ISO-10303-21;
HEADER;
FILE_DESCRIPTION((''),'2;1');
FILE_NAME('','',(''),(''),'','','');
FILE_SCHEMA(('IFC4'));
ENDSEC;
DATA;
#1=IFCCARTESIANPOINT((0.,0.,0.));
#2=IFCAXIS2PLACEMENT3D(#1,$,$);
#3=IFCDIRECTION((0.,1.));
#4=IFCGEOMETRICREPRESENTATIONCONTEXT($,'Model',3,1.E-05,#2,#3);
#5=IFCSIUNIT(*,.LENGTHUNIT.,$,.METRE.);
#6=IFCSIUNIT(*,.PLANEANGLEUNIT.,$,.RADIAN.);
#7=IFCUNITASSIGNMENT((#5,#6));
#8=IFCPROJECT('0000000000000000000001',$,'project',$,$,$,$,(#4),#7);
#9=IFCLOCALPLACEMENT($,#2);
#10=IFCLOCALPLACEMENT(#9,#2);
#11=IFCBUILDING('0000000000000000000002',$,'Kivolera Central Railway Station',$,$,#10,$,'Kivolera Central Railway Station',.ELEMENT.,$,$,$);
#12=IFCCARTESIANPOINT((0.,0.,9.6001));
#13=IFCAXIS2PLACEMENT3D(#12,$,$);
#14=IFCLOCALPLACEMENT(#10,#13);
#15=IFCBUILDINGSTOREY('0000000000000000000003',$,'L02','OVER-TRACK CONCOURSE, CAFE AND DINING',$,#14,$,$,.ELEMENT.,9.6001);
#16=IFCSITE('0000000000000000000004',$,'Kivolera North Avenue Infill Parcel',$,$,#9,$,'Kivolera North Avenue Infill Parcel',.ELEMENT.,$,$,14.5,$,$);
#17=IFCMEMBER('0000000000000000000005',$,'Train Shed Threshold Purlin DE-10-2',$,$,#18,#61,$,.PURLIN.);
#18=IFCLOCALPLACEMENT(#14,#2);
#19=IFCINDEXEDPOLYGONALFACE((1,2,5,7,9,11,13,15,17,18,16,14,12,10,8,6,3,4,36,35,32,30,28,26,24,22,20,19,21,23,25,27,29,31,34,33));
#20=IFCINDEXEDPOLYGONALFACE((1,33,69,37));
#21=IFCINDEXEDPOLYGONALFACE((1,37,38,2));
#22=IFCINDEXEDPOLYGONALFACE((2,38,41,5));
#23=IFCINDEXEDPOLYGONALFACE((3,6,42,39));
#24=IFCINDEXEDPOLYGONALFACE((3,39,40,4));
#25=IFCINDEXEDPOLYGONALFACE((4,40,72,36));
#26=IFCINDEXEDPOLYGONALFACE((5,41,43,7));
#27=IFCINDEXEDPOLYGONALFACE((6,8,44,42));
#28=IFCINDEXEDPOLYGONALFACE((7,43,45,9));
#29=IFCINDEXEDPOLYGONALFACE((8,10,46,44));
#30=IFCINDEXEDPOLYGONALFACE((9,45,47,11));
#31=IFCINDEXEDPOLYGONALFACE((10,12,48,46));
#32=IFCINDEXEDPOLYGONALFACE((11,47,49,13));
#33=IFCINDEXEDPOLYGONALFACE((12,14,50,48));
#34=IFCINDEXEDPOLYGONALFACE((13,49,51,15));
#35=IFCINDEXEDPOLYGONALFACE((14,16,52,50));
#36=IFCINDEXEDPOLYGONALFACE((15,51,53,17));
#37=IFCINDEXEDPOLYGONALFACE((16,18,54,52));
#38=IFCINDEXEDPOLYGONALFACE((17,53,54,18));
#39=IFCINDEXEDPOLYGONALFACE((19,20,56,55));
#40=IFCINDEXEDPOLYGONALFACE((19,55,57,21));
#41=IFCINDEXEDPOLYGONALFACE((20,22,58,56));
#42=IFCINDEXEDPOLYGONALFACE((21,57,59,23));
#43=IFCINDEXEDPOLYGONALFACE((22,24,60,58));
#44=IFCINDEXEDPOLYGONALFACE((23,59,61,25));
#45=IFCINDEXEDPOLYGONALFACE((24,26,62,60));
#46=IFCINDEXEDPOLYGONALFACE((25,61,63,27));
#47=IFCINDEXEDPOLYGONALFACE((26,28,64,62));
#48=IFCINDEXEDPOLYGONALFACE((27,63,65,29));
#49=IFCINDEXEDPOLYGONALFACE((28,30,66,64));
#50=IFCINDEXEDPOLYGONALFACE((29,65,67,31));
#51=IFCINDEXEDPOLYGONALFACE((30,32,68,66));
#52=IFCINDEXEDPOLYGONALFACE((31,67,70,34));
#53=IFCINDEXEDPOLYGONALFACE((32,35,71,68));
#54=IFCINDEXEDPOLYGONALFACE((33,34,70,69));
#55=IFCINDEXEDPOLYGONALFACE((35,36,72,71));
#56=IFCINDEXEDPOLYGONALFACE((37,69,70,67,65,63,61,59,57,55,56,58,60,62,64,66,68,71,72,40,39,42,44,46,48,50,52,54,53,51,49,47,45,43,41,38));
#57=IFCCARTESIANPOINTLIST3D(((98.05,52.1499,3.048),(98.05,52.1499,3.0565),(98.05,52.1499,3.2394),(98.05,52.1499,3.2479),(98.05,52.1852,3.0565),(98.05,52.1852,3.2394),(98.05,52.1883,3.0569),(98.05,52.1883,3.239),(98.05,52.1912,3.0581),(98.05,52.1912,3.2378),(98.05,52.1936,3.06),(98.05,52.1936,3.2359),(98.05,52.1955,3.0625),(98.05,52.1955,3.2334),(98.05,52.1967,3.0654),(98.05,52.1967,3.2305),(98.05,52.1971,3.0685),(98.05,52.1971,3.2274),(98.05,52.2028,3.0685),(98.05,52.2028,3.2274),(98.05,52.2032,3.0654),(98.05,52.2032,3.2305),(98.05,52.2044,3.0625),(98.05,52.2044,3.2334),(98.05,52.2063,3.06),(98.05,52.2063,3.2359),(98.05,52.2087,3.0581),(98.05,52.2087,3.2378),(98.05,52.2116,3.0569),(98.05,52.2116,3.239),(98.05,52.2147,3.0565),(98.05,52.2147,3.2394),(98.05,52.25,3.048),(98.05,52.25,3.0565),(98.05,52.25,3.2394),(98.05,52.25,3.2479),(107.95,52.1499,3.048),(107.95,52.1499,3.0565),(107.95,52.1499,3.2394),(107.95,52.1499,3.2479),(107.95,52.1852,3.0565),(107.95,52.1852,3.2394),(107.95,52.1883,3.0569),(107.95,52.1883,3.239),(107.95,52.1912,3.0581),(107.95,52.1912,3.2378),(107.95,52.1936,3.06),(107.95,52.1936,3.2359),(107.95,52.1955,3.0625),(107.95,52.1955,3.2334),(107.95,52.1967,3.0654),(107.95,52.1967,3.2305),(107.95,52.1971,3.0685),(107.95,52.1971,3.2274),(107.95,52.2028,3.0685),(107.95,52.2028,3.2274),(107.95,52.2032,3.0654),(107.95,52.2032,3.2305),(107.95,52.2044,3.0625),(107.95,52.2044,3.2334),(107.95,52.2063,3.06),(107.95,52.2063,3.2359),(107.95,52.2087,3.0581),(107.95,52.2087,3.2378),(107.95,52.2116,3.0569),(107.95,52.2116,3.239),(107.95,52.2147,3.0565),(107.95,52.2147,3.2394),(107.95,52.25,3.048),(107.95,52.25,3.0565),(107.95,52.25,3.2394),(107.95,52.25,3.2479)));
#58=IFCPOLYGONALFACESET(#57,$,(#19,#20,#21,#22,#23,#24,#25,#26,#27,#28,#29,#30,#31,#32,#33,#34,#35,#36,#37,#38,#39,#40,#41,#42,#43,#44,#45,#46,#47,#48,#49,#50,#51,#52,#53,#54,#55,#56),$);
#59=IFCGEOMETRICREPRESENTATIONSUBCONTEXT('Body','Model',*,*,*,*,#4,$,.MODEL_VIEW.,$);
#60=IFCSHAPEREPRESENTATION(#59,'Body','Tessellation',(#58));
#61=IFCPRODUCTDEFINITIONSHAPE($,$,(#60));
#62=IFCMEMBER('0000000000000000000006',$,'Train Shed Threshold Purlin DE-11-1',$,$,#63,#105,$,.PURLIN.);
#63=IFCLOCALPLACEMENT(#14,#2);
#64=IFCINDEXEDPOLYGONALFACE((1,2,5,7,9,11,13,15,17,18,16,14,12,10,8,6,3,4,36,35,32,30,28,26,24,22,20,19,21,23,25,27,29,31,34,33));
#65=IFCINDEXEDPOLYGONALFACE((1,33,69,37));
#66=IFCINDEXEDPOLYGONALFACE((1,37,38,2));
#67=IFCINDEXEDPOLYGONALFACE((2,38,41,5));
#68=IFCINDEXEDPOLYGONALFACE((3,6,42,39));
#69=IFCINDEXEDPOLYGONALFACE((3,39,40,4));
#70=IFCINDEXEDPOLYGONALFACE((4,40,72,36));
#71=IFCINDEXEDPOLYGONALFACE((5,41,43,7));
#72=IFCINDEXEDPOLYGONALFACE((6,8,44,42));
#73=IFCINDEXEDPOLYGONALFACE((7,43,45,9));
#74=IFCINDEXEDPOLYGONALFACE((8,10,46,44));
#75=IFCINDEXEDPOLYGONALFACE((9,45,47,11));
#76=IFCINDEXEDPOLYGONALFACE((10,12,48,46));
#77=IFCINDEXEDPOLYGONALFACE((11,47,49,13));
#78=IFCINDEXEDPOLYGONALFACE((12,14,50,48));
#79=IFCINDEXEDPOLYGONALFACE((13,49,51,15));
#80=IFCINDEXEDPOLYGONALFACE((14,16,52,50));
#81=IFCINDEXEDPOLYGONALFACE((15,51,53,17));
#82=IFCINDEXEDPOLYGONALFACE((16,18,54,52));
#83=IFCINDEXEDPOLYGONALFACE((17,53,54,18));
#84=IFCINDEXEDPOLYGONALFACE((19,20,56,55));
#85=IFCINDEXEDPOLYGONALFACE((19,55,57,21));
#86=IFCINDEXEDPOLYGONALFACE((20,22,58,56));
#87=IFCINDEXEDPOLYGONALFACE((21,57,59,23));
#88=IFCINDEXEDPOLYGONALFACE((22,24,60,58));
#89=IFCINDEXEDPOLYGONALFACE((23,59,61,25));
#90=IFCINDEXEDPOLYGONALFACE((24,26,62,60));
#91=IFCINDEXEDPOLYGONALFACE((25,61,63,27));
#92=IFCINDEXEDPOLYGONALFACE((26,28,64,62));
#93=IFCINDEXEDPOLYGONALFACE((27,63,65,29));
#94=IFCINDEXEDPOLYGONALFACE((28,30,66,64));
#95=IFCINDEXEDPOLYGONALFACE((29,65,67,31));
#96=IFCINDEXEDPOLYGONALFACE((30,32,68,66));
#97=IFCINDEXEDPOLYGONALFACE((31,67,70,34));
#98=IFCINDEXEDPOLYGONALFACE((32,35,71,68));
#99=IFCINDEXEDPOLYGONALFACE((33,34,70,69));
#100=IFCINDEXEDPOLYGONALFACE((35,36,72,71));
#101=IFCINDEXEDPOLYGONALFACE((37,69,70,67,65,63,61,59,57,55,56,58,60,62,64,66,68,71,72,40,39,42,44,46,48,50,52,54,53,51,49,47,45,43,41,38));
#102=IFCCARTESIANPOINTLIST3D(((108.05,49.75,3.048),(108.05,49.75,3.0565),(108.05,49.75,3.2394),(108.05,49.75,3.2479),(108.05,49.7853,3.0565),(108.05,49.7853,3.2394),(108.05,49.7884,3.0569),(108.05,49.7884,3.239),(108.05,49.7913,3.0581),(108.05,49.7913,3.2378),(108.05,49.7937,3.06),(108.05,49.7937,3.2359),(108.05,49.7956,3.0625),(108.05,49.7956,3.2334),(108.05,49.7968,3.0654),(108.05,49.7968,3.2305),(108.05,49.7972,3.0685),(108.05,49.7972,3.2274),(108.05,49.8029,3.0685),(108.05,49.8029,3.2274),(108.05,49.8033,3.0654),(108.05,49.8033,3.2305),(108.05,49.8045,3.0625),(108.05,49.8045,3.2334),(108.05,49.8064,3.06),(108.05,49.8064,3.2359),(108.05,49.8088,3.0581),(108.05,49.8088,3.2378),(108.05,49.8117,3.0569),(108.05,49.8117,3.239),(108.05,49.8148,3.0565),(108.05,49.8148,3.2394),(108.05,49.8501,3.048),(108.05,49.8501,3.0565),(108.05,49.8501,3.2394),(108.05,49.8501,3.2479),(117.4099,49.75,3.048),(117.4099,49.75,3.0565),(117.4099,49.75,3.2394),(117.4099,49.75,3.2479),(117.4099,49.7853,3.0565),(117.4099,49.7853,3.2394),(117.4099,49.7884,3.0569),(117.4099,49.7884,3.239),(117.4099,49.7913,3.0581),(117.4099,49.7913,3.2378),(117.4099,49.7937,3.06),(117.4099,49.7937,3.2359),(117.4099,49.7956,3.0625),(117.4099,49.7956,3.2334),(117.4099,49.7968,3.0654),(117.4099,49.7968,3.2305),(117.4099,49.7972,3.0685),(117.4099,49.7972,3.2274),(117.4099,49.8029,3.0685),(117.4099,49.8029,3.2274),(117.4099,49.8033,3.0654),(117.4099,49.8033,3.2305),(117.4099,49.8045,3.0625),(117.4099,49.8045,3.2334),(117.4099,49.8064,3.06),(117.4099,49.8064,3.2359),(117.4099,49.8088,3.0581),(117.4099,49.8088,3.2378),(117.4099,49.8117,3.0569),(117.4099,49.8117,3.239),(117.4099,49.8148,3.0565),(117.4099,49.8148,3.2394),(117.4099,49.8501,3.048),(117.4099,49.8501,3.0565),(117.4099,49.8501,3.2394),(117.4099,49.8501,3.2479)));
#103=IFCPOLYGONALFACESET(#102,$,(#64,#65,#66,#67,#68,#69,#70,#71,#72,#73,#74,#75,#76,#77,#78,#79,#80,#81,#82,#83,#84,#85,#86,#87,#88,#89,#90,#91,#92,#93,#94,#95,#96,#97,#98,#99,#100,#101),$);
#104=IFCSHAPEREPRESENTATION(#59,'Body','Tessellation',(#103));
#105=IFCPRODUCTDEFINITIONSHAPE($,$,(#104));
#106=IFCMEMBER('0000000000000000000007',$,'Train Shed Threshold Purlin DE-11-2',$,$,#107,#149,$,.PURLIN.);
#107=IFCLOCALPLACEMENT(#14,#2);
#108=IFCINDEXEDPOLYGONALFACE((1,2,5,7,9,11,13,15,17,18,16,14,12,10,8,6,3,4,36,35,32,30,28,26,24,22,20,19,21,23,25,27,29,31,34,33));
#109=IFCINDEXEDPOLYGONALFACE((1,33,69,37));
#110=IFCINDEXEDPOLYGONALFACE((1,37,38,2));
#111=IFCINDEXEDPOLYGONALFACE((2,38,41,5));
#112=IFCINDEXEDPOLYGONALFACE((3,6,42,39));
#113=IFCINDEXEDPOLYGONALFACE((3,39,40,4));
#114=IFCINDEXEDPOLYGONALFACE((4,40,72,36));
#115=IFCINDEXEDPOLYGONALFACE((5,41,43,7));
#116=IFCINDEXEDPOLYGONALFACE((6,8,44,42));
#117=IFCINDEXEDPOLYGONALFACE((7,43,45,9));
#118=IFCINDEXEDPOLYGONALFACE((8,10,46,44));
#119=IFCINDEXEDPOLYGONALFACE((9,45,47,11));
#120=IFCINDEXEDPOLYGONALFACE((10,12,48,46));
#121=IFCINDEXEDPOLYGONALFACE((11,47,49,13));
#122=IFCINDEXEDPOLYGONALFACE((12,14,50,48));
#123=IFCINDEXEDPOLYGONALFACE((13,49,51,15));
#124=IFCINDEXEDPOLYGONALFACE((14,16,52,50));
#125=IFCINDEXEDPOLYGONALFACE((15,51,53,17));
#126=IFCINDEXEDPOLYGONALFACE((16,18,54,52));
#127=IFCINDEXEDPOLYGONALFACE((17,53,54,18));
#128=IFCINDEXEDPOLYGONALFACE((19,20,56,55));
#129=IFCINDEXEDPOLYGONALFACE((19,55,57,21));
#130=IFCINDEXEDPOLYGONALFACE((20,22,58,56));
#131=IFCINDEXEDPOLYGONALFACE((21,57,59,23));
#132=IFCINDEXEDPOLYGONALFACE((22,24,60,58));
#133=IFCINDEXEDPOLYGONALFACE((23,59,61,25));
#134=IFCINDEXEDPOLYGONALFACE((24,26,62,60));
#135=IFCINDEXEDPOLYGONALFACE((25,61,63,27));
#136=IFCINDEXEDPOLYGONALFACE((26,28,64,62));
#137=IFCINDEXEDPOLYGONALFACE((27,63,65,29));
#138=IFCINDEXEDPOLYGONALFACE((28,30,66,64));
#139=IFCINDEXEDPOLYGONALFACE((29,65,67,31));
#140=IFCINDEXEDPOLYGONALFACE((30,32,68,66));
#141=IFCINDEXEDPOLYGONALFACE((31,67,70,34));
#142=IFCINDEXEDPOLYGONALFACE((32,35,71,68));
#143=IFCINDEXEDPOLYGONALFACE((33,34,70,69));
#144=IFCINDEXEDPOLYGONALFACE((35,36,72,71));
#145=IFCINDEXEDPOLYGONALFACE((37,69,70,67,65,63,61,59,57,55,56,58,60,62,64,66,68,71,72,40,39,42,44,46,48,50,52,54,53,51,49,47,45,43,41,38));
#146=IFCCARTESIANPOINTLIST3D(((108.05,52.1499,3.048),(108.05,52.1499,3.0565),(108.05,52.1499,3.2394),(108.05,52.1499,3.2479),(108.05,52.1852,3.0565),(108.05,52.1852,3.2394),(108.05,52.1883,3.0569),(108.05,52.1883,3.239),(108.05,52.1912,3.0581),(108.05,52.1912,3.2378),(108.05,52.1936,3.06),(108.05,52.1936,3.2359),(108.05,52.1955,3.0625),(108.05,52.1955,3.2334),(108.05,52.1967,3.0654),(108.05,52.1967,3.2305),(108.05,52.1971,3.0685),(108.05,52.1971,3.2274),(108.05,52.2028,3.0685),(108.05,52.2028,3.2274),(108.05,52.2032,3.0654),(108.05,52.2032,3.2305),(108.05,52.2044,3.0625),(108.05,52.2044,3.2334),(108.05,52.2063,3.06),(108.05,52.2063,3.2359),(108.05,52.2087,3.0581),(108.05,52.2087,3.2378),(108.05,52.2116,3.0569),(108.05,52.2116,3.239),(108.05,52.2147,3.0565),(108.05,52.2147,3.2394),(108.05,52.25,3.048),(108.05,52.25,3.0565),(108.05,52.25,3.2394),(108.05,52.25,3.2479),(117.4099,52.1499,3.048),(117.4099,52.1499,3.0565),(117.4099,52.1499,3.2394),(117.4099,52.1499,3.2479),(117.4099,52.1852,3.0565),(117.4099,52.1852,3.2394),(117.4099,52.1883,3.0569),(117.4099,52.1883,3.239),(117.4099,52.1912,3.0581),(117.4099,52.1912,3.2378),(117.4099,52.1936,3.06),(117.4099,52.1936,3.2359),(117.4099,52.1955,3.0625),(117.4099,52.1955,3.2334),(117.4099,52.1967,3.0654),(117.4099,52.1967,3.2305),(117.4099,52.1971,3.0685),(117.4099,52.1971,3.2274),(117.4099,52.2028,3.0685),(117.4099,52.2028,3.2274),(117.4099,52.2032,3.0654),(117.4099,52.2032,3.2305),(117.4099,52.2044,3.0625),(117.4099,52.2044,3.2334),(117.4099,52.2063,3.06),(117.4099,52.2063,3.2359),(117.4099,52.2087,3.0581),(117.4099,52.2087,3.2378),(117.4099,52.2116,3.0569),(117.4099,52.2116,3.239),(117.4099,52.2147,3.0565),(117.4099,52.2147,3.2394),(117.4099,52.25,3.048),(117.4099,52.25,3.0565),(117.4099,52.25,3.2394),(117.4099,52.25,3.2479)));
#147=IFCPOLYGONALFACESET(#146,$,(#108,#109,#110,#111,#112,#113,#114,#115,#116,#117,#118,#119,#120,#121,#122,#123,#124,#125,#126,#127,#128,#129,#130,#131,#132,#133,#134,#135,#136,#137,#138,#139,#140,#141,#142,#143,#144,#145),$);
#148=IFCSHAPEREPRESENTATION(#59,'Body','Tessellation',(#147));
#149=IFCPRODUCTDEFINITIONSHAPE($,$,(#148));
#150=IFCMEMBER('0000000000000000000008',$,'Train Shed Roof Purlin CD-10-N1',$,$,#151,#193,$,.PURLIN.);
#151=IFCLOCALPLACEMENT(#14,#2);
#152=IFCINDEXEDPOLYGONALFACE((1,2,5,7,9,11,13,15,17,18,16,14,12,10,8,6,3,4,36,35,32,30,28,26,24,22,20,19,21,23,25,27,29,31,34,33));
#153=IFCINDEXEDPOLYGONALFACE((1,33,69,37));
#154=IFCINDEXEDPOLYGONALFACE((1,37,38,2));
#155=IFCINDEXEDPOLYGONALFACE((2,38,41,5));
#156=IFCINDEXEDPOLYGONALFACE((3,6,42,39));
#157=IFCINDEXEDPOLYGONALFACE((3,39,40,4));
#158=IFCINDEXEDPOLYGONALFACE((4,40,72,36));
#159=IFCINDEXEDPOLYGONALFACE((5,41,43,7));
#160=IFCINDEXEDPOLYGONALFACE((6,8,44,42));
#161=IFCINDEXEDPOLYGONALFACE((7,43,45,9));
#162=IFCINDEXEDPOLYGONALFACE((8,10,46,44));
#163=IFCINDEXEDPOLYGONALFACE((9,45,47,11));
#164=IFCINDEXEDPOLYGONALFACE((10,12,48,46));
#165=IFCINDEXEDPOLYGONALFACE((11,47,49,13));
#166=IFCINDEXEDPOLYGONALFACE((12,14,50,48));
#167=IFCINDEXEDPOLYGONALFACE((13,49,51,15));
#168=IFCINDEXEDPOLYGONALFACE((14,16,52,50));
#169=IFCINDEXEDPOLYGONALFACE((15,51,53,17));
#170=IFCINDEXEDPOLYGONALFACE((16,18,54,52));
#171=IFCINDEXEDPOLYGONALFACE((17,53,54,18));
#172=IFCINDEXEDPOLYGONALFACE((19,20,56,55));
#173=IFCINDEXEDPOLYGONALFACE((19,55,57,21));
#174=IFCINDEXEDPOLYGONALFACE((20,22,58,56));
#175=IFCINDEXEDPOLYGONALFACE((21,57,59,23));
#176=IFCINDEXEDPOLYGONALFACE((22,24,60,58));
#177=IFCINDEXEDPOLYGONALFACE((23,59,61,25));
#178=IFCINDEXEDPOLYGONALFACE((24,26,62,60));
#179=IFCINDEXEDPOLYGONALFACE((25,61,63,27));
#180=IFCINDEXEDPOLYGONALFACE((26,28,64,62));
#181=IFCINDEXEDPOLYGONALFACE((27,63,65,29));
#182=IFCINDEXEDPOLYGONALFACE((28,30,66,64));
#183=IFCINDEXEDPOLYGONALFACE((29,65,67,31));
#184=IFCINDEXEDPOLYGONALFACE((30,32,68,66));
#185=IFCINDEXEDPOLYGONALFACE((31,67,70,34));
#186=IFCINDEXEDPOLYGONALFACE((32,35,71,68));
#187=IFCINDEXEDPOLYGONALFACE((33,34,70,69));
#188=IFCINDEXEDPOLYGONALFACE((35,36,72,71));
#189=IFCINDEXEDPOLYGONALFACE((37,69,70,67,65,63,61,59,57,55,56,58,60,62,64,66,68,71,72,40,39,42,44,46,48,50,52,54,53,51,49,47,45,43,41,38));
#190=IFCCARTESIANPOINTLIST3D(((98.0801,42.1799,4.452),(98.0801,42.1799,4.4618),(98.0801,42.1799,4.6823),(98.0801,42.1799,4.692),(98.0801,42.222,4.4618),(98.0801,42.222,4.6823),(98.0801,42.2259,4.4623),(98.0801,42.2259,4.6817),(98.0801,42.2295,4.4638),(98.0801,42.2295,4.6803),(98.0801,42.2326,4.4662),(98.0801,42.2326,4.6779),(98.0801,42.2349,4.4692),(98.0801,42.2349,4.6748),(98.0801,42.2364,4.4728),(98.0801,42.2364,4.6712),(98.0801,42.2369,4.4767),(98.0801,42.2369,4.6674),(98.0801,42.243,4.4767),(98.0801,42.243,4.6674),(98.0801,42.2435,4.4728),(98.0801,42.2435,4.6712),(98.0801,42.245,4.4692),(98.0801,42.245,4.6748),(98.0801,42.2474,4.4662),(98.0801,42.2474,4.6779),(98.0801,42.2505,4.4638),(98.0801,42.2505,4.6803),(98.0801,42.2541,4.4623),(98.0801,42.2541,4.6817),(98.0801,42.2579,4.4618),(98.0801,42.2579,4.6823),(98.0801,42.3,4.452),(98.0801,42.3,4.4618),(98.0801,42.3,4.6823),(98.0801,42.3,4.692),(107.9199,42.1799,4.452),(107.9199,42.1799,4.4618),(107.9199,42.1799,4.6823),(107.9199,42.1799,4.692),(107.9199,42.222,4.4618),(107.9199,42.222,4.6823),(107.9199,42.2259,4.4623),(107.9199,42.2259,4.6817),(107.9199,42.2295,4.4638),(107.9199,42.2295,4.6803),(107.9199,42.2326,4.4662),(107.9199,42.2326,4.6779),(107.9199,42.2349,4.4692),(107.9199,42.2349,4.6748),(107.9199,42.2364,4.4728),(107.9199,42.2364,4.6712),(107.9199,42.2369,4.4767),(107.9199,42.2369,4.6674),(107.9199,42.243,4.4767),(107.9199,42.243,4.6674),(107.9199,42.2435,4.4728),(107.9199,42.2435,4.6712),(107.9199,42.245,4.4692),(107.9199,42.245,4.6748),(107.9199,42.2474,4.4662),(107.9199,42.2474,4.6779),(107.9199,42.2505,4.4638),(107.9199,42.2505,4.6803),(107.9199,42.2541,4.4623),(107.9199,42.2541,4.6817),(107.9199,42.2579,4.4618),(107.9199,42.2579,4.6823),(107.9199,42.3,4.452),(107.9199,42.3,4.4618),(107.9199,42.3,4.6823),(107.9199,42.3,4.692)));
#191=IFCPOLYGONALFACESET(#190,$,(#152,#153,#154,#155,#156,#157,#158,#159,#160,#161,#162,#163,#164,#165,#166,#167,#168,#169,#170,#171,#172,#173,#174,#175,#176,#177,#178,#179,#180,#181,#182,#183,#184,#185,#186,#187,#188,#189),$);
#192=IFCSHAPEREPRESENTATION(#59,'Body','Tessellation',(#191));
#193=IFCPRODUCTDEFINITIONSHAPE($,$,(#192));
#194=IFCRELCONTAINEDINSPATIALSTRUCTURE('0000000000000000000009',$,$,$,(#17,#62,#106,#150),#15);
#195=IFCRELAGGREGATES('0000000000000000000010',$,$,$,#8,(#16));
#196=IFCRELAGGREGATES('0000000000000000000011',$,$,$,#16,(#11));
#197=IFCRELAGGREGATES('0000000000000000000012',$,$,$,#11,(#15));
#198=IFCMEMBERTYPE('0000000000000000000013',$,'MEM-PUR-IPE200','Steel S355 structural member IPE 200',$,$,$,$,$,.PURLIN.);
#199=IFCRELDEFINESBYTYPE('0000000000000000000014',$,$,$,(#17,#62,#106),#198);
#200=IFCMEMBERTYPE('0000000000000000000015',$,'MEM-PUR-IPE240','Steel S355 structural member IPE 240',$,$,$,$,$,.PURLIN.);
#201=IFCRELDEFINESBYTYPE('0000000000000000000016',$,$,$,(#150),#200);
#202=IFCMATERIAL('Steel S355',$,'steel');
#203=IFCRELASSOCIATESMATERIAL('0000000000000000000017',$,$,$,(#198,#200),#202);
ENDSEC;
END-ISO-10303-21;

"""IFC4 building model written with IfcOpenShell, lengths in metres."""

from ifc_helpers import new_model, si_unit, direction, frame, origin, origin_2d, place, context, subcontext, project, spatial, i_section, extrude, material, material_profile, profile_set, type_object, element, save


model = new_model("IFC4")

# Units and contexts
model_context = context("Model", 3, precision=1e-05, world=origin(), true_north=direction((0.0, 1.0)))
body_context = subcontext(model_context, "Body", "Model", "MODEL_VIEW")
ifc_project = project(units=[si_unit("LENGTHUNIT", "METRE"), si_unit("PLANEANGLEUNIT", "RADIAN")], contexts=[model_context])

# Site, building, storey
site_placement = place(None, origin())
site = spatial("IfcSite", under=ifc_project, at=site_placement, Name="Kivolera North Avenue Infill Parcel", LongName="Kivolera North Avenue Infill Parcel", CompositionType="ELEMENT", RefElevation=14.5)
building_placement = place(site_placement, origin())
building = spatial("IfcBuilding", under=site, at=building_placement, Name="Kivolera Central Railway Station", LongName="Kivolera Central Railway Station", CompositionType="ELEMENT")
storey_placement = place(building_placement, frame((0.0, 0.0, 9.6001)))
storey = spatial("IfcBuildingStorey", under=building, at=storey_placement, Name="L02", Description="OVER-TRACK CONCOURSE, CAFE AND DINING", CompositionType="ELEMENT", Elevation=9.6001)

# Shared definitions
ifc_material_1 = material(Name="Steel S355", Category="steel")

# Members
ifc_material_profile_1 = material_profile(ifc_material_1, i_section(OverallWidth=0.1001, OverallDepth=0.2, WebThickness=0.0056, FlangeThickness=0.0085, FilletRadius=0.012, at=origin_2d()), Name="IPE 200")
ifc_profile_set_1 = profile_set([ifc_material_profile_1], Name="Steel S355")
member_type_1 = type_object("IfcMemberType", Name="MEM-PUR-IPE200", Description="Steel S355 structural member IPE 200", PredefinedType="PURLIN", material=ifc_profile_set_1)
for number, where, z_axis, x_axis, name in (
    (1, (98.05, 52.2, 3.1479), (1.0, 0.0, 0.0), (0.0, 1.0, 0.0), "Train Shed Threshold Purlin DE-10-2"),
):
    element("IfcMember", number, at=place(storey_placement, frame(where, z_axis=z_axis, x_axis=x_axis)), inside=storey, type_object=member_type_1, Name=name, PredefinedType="PURLIN", context=body_context, shape_type="SweptSolid", body=[
        extrude(i_section(OverallWidth=0.1001, OverallDepth=0.2, WebThickness=0.0056, FlangeThickness=0.0085, FilletRadius=0.012, at=origin_2d()), origin(), (0.0, 0.0, 1.0), 9.8999),
    ])
for number, where, z_axis, x_axis, name in (
    (2, (108.05, 49.8, 3.1479), (1.0, 0.0, 0.0), (0.0, 1.0, 0.0), "Train Shed Threshold Purlin DE-11-1"),
    (3, (108.05, 52.2, 3.1479), (1.0, 0.0, 0.0), (0.0, 1.0, 0.0), "Train Shed Threshold Purlin DE-11-2"),
):
    element("IfcMember", number, at=place(storey_placement, frame(where, z_axis=z_axis, x_axis=x_axis)), inside=storey, type_object=member_type_1, Name=name, PredefinedType="PURLIN", context=body_context, shape_type="SweptSolid", body=[
        extrude(i_section(OverallWidth=0.1001, OverallDepth=0.2, WebThickness=0.0056, FlangeThickness=0.0085, FilletRadius=0.012, at=origin_2d()), origin(), (0.0, 0.0, 1.0), 9.3599),
    ])
ifc_material_profile_2 = material_profile(ifc_material_1, i_section(OverallWidth=0.1201, OverallDepth=0.24, WebThickness=0.0061, FlangeThickness=0.0098, FilletRadius=0.0149, at=origin_2d()), Name="IPE 240")
ifc_profile_set_2 = profile_set([ifc_material_profile_2], Name="Steel S355")
member_type_2 = type_object("IfcMemberType", Name="MEM-PUR-IPE240", Description="Steel S355 structural member IPE 240", PredefinedType="PURLIN", material=ifc_profile_set_2)
for number, where, z_axis, x_axis, name in (
    (4, (98.0801, 42.24, 4.572), (1.0, 0.0, 0.0), (0.0, 1.0, 0.0), "Train Shed Roof Purlin CD-10-N1"),
):
    element("IfcMember", number, at=place(storey_placement, frame(where, z_axis=z_axis, x_axis=x_axis)), inside=storey, type_object=member_type_2, Name=name, PredefinedType="PURLIN", context=body_context, shape_type="SweptSolid", body=[
        extrude(i_section(OverallWidth=0.1201, OverallDepth=0.24, WebThickness=0.0061, FlangeThickness=0.0098, FilletRadius=0.0149, at=origin_2d()), origin(), (0.0, 0.0, 1.0), 9.8398),
    ])

save(model, "model.ifc")
